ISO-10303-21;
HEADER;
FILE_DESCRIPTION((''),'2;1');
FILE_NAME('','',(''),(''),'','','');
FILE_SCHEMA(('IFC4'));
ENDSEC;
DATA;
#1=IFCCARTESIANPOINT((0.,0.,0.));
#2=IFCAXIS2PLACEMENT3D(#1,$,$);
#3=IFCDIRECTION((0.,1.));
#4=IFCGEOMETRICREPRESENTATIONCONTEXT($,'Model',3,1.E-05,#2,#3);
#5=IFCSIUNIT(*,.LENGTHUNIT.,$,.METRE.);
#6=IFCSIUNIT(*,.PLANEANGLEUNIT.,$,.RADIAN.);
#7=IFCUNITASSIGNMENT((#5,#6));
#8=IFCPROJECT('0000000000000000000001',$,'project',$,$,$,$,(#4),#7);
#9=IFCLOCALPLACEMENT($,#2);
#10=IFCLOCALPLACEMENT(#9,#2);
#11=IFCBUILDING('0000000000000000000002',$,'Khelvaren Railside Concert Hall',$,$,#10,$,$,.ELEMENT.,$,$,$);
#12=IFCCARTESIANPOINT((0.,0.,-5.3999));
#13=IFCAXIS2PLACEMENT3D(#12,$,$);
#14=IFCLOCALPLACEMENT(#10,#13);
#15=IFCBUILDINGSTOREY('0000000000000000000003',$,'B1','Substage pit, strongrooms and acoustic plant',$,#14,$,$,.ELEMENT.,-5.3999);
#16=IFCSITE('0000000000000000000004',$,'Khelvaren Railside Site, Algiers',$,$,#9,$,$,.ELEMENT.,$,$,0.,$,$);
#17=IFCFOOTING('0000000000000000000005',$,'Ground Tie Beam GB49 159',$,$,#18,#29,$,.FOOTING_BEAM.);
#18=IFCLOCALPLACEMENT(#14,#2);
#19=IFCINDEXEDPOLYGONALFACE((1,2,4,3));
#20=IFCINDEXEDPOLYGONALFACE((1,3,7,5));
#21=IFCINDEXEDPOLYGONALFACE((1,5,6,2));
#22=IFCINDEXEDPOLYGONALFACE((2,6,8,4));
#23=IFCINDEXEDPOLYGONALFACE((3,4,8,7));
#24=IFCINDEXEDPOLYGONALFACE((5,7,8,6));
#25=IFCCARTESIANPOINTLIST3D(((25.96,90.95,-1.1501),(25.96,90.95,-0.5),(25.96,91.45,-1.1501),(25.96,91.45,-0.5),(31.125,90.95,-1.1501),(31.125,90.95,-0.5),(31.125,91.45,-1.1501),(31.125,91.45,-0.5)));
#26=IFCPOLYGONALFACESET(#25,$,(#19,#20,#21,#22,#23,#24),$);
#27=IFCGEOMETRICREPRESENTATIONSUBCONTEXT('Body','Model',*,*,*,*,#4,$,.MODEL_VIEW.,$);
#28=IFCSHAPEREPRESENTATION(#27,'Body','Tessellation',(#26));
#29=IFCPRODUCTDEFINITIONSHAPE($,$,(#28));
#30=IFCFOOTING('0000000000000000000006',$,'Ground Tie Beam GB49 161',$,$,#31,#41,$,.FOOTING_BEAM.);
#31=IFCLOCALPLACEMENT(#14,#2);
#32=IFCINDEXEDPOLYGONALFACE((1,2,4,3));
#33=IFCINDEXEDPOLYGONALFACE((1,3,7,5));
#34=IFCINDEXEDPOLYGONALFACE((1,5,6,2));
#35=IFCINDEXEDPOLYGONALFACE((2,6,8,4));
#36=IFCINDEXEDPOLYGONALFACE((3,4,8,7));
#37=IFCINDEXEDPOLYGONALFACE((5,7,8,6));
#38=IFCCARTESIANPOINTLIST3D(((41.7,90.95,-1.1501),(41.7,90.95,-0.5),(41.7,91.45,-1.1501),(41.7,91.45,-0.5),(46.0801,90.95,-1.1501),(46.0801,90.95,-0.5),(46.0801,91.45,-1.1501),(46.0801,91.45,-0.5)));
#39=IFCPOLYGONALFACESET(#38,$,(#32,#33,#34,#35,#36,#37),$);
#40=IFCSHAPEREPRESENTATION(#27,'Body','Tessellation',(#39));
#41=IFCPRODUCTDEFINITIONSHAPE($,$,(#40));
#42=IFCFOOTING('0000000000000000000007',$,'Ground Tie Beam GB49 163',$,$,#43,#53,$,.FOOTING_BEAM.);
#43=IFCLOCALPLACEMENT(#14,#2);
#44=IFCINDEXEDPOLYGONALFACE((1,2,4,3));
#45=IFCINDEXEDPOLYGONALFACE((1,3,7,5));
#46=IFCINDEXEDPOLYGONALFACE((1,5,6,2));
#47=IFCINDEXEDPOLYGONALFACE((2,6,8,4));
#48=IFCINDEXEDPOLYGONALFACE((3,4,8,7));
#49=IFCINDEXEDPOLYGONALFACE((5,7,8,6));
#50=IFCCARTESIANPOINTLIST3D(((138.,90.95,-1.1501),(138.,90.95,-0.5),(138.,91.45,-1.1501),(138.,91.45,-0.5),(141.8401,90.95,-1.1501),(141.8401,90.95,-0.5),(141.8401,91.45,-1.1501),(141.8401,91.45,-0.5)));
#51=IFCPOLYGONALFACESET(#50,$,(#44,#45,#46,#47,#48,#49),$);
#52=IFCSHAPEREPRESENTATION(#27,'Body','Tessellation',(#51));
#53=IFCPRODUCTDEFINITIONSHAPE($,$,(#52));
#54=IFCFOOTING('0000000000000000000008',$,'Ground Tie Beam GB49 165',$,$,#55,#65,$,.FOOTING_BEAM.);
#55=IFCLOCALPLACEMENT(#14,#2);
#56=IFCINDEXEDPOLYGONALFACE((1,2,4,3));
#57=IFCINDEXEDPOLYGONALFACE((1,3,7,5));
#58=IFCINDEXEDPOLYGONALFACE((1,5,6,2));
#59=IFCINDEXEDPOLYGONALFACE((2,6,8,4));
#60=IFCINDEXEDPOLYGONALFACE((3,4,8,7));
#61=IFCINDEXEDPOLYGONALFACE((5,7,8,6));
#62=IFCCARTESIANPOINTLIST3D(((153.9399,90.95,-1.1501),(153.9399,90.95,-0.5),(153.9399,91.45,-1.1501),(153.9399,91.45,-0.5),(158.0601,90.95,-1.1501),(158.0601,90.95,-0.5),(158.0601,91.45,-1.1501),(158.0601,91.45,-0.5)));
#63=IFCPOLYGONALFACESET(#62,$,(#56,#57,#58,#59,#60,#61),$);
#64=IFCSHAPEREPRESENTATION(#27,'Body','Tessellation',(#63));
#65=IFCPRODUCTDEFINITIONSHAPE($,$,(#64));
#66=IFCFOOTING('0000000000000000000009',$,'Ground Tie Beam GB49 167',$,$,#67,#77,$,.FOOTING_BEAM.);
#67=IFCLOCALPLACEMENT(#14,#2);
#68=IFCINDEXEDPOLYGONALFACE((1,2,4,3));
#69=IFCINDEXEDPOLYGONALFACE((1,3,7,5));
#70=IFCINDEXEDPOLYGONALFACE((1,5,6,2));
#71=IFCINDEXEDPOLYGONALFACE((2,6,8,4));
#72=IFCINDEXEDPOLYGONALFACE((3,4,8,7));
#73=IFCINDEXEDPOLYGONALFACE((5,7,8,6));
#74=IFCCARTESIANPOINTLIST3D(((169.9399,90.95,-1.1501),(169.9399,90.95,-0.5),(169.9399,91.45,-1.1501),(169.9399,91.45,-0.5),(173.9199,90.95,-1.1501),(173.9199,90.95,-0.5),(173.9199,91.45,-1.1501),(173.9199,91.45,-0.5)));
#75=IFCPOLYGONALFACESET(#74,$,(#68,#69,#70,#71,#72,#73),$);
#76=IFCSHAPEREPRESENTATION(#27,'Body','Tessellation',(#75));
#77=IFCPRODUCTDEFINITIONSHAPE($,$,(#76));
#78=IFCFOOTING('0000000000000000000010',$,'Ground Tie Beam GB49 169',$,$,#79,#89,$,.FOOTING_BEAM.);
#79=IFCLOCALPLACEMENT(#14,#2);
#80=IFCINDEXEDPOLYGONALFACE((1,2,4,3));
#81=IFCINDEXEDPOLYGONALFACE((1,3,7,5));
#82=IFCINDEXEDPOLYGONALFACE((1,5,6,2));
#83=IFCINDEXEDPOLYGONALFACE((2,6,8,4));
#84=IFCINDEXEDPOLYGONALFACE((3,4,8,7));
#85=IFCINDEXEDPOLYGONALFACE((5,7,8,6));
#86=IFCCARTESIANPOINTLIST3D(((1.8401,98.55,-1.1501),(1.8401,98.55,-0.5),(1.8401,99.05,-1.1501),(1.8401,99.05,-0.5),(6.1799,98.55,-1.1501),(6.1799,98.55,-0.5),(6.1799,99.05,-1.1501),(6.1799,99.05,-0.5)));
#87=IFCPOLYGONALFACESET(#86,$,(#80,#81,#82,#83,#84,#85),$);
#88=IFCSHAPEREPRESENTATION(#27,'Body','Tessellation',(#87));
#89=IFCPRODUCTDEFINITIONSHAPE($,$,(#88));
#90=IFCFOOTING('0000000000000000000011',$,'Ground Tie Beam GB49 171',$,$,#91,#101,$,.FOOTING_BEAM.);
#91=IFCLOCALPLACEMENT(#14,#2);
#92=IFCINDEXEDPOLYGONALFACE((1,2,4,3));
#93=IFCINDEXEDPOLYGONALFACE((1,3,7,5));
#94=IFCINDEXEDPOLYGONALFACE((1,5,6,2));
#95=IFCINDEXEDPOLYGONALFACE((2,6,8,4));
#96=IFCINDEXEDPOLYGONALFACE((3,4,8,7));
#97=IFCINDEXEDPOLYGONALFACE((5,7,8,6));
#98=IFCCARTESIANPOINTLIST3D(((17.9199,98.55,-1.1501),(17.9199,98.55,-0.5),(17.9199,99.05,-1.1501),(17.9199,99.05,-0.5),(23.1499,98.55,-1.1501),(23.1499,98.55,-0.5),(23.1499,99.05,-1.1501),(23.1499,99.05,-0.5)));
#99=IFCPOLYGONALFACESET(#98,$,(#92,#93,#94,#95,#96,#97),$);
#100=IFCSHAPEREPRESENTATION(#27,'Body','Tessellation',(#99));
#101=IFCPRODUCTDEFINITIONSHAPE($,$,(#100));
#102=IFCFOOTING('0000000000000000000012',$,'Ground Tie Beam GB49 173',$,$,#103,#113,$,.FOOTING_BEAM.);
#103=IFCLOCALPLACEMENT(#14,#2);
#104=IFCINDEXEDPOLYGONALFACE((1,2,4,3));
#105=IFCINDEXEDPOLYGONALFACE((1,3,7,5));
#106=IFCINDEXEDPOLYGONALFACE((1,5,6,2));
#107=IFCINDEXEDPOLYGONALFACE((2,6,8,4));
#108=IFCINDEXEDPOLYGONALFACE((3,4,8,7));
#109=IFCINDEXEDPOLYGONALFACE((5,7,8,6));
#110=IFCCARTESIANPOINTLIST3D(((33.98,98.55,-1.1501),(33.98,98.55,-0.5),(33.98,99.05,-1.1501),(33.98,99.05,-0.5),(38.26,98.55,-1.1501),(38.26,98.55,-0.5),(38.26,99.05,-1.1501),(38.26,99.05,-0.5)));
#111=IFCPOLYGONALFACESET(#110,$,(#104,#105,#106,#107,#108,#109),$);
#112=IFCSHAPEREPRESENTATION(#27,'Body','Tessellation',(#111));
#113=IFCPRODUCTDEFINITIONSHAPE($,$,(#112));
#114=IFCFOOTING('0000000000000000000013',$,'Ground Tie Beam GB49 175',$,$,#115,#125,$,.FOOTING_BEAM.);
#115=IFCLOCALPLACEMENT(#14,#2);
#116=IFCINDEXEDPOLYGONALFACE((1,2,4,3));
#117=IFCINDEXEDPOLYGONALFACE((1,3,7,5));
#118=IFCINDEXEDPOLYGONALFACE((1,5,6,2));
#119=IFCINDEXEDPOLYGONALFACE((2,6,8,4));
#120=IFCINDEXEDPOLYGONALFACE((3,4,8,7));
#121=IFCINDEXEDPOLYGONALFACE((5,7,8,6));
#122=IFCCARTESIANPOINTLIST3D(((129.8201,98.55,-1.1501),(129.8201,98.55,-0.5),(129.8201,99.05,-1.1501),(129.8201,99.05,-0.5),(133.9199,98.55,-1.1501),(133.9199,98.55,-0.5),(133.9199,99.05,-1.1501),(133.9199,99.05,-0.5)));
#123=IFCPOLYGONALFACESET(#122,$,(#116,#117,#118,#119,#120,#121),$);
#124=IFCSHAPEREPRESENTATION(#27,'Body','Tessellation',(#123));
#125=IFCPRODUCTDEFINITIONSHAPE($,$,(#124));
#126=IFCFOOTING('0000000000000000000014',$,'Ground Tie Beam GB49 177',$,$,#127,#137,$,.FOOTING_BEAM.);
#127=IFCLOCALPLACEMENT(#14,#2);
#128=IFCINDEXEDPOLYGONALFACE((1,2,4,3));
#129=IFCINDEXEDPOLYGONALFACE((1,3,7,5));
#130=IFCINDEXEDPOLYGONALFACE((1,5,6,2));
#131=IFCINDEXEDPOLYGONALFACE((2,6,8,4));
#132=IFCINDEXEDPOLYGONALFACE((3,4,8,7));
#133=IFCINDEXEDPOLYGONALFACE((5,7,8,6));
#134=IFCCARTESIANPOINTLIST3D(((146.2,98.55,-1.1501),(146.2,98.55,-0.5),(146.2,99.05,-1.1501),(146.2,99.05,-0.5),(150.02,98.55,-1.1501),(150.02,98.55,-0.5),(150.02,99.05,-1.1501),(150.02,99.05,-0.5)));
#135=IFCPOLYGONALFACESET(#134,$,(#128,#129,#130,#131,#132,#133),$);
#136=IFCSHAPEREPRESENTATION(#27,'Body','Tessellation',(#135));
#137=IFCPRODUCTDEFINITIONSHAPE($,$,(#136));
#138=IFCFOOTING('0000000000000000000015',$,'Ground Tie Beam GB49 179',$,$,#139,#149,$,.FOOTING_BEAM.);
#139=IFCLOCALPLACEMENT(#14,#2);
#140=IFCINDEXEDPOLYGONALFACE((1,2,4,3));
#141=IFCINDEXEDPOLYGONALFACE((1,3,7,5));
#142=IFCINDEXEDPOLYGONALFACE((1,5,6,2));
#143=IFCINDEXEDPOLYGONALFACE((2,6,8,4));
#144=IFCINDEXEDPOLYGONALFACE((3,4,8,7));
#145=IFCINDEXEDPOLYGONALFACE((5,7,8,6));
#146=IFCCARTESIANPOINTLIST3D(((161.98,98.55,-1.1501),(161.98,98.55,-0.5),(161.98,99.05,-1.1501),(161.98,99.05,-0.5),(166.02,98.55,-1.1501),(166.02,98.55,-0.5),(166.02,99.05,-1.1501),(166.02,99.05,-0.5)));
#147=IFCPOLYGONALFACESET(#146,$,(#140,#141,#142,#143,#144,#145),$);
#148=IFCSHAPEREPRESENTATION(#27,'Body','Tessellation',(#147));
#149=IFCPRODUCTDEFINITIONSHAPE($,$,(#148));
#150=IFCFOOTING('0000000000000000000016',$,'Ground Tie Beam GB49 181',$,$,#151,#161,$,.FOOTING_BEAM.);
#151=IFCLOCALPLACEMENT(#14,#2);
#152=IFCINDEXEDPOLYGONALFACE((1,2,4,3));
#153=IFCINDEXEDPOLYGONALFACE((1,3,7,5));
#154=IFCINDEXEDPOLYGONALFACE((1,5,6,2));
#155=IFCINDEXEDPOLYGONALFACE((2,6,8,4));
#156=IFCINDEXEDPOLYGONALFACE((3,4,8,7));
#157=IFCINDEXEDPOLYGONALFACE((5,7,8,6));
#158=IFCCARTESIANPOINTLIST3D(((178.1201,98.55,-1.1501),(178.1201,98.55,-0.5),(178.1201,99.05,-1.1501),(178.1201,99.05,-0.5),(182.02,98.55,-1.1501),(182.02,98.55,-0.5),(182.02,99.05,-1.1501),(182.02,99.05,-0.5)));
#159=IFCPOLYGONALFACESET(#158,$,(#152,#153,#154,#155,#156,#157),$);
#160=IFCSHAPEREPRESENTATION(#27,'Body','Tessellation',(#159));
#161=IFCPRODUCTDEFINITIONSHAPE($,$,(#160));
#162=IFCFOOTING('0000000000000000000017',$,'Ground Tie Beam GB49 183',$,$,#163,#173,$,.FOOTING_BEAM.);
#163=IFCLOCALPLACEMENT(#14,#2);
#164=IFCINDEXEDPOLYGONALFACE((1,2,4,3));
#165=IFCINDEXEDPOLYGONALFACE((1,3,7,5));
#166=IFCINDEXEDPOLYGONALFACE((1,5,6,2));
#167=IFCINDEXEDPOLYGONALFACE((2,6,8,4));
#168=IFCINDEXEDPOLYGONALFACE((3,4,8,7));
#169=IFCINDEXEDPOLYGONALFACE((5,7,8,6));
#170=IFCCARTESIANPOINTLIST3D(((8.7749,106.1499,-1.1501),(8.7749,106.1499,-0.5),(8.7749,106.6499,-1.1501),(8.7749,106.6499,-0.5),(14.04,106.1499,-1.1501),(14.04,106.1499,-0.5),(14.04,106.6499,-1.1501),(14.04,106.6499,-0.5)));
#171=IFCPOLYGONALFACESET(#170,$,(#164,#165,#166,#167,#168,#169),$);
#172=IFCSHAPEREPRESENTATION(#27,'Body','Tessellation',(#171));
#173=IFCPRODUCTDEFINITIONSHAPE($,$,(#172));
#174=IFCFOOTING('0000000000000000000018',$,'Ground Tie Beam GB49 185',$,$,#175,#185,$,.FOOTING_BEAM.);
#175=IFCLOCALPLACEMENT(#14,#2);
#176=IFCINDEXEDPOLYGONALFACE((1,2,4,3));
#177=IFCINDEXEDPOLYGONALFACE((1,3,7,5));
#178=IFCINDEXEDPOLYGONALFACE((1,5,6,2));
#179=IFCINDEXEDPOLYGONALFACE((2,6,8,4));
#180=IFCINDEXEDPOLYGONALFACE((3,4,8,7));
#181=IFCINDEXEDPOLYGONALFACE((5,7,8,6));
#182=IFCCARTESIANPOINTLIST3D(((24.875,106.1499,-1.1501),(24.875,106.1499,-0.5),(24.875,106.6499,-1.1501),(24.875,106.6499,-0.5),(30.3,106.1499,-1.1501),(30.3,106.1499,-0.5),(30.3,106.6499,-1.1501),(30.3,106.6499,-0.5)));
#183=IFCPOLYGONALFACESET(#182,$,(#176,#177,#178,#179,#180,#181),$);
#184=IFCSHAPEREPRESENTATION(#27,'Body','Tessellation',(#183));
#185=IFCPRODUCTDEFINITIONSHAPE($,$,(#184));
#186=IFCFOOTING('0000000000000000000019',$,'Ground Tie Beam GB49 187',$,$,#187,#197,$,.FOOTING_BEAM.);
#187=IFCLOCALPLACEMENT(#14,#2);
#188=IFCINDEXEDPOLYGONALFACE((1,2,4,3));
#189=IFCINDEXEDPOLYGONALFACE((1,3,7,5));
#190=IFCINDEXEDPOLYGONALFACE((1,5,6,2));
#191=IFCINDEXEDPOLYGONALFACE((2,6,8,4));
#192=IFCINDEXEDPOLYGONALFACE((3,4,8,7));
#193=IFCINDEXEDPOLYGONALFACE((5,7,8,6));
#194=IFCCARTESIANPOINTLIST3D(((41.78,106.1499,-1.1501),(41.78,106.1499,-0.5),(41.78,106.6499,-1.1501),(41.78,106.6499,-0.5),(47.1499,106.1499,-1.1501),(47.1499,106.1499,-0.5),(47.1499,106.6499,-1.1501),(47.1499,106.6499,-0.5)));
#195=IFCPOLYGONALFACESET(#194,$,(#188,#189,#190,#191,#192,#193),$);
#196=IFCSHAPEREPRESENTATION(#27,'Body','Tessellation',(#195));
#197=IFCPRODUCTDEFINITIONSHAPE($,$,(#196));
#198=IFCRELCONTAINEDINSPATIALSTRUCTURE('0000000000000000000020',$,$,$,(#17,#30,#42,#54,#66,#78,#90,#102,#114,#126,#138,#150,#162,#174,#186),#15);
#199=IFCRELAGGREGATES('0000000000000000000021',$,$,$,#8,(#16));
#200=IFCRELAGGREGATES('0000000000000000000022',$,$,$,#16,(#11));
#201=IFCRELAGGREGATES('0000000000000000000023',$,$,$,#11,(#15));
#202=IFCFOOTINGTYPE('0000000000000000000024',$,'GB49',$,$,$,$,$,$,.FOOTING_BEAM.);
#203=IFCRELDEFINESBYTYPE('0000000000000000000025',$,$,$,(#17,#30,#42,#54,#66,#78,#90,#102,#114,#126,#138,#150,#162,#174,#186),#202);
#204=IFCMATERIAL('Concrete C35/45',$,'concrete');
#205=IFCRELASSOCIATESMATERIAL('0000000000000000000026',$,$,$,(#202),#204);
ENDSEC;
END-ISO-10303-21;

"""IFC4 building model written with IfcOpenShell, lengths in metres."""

from ifc_helpers import new_model, si_unit, direction, frame, origin, place, context, subcontext, project, spatial, polyline, outline, extrude, material, type_object, element, save


model = new_model("IFC4")

# Units and contexts
model_context = context("Model", 3, precision=1e-05, world=origin(), true_north=direction((0.0, 1.0)))
body_context = subcontext(model_context, "Body", "Model", "MODEL_VIEW")
ifc_project = project(units=[si_unit("LENGTHUNIT", "METRE"), si_unit("PLANEANGLEUNIT", "RADIAN")], contexts=[model_context])

# Site, building, storey
site_placement = place(None, origin())
site = spatial("IfcSite", under=ifc_project, at=site_placement, Name="Khelvaren Railside Site, Algiers", CompositionType="ELEMENT", RefElevation=0.0)
building_placement = place(site_placement, origin())
building = spatial("IfcBuilding", under=site, at=building_placement, Name="Khelvaren Railside Concert Hall", CompositionType="ELEMENT")
storey_placement = place(building_placement, frame((0.0, 0.0, -5.3999)))
storey = spatial("IfcBuildingStorey", under=building, at=storey_placement, Name="B1", Description="Substage pit, strongrooms and acoustic plant", CompositionType="ELEMENT", Elevation=-5.3999)

# Footings
ifc_material = material(Name="Concrete C35/45", Category="concrete")
footing_type = type_object("IfcFootingType", Name="GB49", PredefinedType="FOOTING_BEAM", material=ifc_material)
footing_1_placement = place(storey_placement, frame((0.0, 0.0, -1.1501)))
element("IfcFooting", 1, at=footing_1_placement, inside=storey, type_object=footing_type, Name="Ground Tie Beam GB49 159", PredefinedType="FOOTING_BEAM", context=body_context, shape_type="SweptSolid", body=[
    extrude(outline(polyline([(25.96, 90.95), (31.125, 90.95), (31.125, 91.45), (25.96, 91.45), (25.96, 90.95)])), origin(), (0.0, 0.0, 1.0), 0.6501),
])
footing_2_placement = place(storey_placement, frame((0.0, 0.0, -1.1501)))
element("IfcFooting", 2, at=footing_2_placement, inside=storey, type_object=footing_type, Name="Ground Tie Beam GB49 161", PredefinedType="FOOTING_BEAM", context=body_context, shape_type="SweptSolid", body=[
    extrude(outline(polyline([(41.7, 90.95), (46.0801, 90.95), (46.0801, 91.45), (41.7, 91.45), (41.7, 90.95)])), origin(), (0.0, 0.0, 1.0), 0.6501),
])
footing_3_placement = place(storey_placement, frame((0.0, 0.0, -1.1501)))
element("IfcFooting", 3, at=footing_3_placement, inside=storey, type_object=footing_type, Name="Ground Tie Beam GB49 163", PredefinedType="FOOTING_BEAM", context=body_context, shape_type="SweptSolid", body=[
    extrude(outline(polyline([(138.0, 90.95), (141.8401, 90.95), (141.8401, 91.45), (138.0, 91.45), (138.0, 90.95)])), origin(), (0.0, 0.0, 1.0), 0.6501),
])
footing_4_placement = place(storey_placement, frame((0.0, 0.0, -1.1501)))
element("IfcFooting", 4, at=footing_4_placement, inside=storey, type_object=footing_type, Name="Ground Tie Beam GB49 165", PredefinedType="FOOTING_BEAM", context=body_context, shape_type="SweptSolid", body=[
    extrude(outline(polyline([(153.9399, 90.95), (158.0601, 90.95), (158.0601, 91.45), (153.9399, 91.45), (153.9399, 90.95)])), origin(), (0.0, 0.0, 1.0), 0.6501),
])
footing_5_placement = place(storey_placement, frame((0.0, 0.0, -1.1501)))
element("IfcFooting", 5, at=footing_5_placement, inside=storey, type_object=footing_type, Name="Ground Tie Beam GB49 167", PredefinedType="FOOTING_BEAM", context=body_context, shape_type="SweptSolid", body=[
    extrude(outline(polyline([(169.9399, 90.95), (173.9199, 90.95), (173.9199, 91.45), (169.9399, 91.45), (169.9399, 90.95)])), origin(), (0.0, 0.0, 1.0), 0.6501),
])
footing_6_placement = place(storey_placement, frame((0.0, 0.0, -1.1501)))
element("IfcFooting", 6, at=footing_6_placement, inside=storey, type_object=footing_type, Name="Ground Tie Beam GB49 169", PredefinedType="FOOTING_BEAM", context=body_context, shape_type="SweptSolid", body=[
    extrude(outline(polyline([(1.8401, 98.55), (6.1799, 98.55), (6.1799, 99.05), (1.8401, 99.05), (1.8401, 98.55)])), origin(), (0.0, 0.0, 1.0), 0.6501),
])
footing_7_placement = place(storey_placement, frame((0.0, 0.0, -1.1501)))
element("IfcFooting", 7, at=footing_7_placement, inside=storey, type_object=footing_type, Name="Ground Tie Beam GB49 171", PredefinedType="FOOTING_BEAM", context=body_context, shape_type="SweptSolid", body=[
    extrude(outline(polyline([(17.9199, 98.55), (23.1499, 98.55), (23.1499, 99.05), (17.9199, 99.05), (17.9199, 98.55)])), origin(), (0.0, 0.0, 1.0), 0.6501),
])
footing_8_placement = place(storey_placement, frame((0.0, 0.0, -1.1501)))
element("IfcFooting", 8, at=footing_8_placement, inside=storey, type_object=footing_type, Name="Ground Tie Beam GB49 173", PredefinedType="FOOTING_BEAM", context=body_context, shape_type="SweptSolid", body=[
    extrude(outline(polyline([(33.98, 98.55), (38.26, 98.55), (38.26, 99.05), (33.98, 99.05), (33.98, 98.55)])), origin(), (0.0, 0.0, 1.0), 0.6501),
])
footing_9_placement = place(storey_placement, frame((0.0, 0.0, -1.1501)))
element("IfcFooting", 9, at=footing_9_placement, inside=storey, type_object=footing_type, Name="Ground Tie Beam GB49 175", PredefinedType="FOOTING_BEAM", context=body_context, shape_type="SweptSolid", body=[
    extrude(outline(polyline([(129.8201, 98.55), (133.9199, 98.55), (133.9199, 99.05), (129.8201, 99.05), (129.8201, 98.55)])), origin(), (0.0, 0.0, 1.0), 0.6501),
])
footing_10_placement = place(storey_placement, frame((0.0, 0.0, -1.1501)))
element("IfcFooting", 10, at=footing_10_placement, inside=storey, type_object=footing_type, Name="Ground Tie Beam GB49 177", PredefinedType="FOOTING_BEAM", context=body_context, shape_type="SweptSolid", body=[
    extrude(outline(polyline([(146.2, 98.55), (150.02, 98.55), (150.02, 99.05), (146.2, 99.05), (146.2, 98.55)])), origin(), (0.0, 0.0, 1.0), 0.6501),
])
footing_11_placement = place(storey_placement, frame((0.0, 0.0, -1.1501)))
element("IfcFooting", 11, at=footing_11_placement, inside=storey, type_object=footing_type, Name="Ground Tie Beam GB49 179", PredefinedType="FOOTING_BEAM", context=body_context, shape_type="SweptSolid", body=[
    extrude(outline(polyline([(161.98, 98.55), (166.02, 98.55), (166.02, 99.05), (161.98, 99.05), (161.98, 98.55)])), origin(), (0.0, 0.0, 1.0), 0.6501),
])
footing_12_placement = place(storey_placement, frame((0.0, 0.0, -1.1501)))
element("IfcFooting", 12, at=footing_12_placement, inside=storey, type_object=footing_type, Name="Ground Tie Beam GB49 181", PredefinedType="FOOTING_BEAM", context=body_context, shape_type="SweptSolid", body=[
    extrude(outline(polyline([(178.1201, 98.55), (182.02, 98.55), (182.02, 99.05), (178.1201, 99.05), (178.1201, 98.55)])), origin(), (0.0, 0.0, 1.0), 0.6501),
])
footing_13_placement = place(storey_placement, frame((0.0, 0.0, -1.1501)))
element("IfcFooting", 13, at=footing_13_placement, inside=storey, type_object=footing_type, Name="Ground Tie Beam GB49 183", PredefinedType="FOOTING_BEAM", context=body_context, shape_type="SweptSolid", body=[
    extrude(outline(polyline([(8.7749, 106.1499), (14.04, 106.1499), (14.04, 106.6499), (8.7749, 106.6499), (8.7749, 106.1499)])), origin(), (0.0, 0.0, 1.0), 0.6501),
])
footing_14_placement = place(storey_placement, frame((0.0, 0.0, -1.1501)))
element("IfcFooting", 14, at=footing_14_placement, inside=storey, type_object=footing_type, Name="Ground Tie Beam GB49 185", PredefinedType="FOOTING_BEAM", context=body_context, shape_type="SweptSolid", body=[
    extrude(outline(polyline([(24.875, 106.1499), (30.3, 106.1499), (30.3, 106.6499), (24.875, 106.6499), (24.875, 106.1499)])), origin(), (0.0, 0.0, 1.0), 0.6501),
])
footing_15_placement = place(storey_placement, frame((0.0, 0.0, -1.1501)))
element("IfcFooting", 15, at=footing_15_placement, inside=storey, type_object=footing_type, Name="Ground Tie Beam GB49 187", PredefinedType="FOOTING_BEAM", context=body_context, shape_type="SweptSolid", body=[
    extrude(outline(polyline([(41.78, 106.1499), (47.1499, 106.1499), (47.1499, 106.6499), (41.78, 106.6499), (41.78, 106.1499)])), origin(), (0.0, 0.0, 1.0), 0.6501),
])

save(model, "model.ifc")
